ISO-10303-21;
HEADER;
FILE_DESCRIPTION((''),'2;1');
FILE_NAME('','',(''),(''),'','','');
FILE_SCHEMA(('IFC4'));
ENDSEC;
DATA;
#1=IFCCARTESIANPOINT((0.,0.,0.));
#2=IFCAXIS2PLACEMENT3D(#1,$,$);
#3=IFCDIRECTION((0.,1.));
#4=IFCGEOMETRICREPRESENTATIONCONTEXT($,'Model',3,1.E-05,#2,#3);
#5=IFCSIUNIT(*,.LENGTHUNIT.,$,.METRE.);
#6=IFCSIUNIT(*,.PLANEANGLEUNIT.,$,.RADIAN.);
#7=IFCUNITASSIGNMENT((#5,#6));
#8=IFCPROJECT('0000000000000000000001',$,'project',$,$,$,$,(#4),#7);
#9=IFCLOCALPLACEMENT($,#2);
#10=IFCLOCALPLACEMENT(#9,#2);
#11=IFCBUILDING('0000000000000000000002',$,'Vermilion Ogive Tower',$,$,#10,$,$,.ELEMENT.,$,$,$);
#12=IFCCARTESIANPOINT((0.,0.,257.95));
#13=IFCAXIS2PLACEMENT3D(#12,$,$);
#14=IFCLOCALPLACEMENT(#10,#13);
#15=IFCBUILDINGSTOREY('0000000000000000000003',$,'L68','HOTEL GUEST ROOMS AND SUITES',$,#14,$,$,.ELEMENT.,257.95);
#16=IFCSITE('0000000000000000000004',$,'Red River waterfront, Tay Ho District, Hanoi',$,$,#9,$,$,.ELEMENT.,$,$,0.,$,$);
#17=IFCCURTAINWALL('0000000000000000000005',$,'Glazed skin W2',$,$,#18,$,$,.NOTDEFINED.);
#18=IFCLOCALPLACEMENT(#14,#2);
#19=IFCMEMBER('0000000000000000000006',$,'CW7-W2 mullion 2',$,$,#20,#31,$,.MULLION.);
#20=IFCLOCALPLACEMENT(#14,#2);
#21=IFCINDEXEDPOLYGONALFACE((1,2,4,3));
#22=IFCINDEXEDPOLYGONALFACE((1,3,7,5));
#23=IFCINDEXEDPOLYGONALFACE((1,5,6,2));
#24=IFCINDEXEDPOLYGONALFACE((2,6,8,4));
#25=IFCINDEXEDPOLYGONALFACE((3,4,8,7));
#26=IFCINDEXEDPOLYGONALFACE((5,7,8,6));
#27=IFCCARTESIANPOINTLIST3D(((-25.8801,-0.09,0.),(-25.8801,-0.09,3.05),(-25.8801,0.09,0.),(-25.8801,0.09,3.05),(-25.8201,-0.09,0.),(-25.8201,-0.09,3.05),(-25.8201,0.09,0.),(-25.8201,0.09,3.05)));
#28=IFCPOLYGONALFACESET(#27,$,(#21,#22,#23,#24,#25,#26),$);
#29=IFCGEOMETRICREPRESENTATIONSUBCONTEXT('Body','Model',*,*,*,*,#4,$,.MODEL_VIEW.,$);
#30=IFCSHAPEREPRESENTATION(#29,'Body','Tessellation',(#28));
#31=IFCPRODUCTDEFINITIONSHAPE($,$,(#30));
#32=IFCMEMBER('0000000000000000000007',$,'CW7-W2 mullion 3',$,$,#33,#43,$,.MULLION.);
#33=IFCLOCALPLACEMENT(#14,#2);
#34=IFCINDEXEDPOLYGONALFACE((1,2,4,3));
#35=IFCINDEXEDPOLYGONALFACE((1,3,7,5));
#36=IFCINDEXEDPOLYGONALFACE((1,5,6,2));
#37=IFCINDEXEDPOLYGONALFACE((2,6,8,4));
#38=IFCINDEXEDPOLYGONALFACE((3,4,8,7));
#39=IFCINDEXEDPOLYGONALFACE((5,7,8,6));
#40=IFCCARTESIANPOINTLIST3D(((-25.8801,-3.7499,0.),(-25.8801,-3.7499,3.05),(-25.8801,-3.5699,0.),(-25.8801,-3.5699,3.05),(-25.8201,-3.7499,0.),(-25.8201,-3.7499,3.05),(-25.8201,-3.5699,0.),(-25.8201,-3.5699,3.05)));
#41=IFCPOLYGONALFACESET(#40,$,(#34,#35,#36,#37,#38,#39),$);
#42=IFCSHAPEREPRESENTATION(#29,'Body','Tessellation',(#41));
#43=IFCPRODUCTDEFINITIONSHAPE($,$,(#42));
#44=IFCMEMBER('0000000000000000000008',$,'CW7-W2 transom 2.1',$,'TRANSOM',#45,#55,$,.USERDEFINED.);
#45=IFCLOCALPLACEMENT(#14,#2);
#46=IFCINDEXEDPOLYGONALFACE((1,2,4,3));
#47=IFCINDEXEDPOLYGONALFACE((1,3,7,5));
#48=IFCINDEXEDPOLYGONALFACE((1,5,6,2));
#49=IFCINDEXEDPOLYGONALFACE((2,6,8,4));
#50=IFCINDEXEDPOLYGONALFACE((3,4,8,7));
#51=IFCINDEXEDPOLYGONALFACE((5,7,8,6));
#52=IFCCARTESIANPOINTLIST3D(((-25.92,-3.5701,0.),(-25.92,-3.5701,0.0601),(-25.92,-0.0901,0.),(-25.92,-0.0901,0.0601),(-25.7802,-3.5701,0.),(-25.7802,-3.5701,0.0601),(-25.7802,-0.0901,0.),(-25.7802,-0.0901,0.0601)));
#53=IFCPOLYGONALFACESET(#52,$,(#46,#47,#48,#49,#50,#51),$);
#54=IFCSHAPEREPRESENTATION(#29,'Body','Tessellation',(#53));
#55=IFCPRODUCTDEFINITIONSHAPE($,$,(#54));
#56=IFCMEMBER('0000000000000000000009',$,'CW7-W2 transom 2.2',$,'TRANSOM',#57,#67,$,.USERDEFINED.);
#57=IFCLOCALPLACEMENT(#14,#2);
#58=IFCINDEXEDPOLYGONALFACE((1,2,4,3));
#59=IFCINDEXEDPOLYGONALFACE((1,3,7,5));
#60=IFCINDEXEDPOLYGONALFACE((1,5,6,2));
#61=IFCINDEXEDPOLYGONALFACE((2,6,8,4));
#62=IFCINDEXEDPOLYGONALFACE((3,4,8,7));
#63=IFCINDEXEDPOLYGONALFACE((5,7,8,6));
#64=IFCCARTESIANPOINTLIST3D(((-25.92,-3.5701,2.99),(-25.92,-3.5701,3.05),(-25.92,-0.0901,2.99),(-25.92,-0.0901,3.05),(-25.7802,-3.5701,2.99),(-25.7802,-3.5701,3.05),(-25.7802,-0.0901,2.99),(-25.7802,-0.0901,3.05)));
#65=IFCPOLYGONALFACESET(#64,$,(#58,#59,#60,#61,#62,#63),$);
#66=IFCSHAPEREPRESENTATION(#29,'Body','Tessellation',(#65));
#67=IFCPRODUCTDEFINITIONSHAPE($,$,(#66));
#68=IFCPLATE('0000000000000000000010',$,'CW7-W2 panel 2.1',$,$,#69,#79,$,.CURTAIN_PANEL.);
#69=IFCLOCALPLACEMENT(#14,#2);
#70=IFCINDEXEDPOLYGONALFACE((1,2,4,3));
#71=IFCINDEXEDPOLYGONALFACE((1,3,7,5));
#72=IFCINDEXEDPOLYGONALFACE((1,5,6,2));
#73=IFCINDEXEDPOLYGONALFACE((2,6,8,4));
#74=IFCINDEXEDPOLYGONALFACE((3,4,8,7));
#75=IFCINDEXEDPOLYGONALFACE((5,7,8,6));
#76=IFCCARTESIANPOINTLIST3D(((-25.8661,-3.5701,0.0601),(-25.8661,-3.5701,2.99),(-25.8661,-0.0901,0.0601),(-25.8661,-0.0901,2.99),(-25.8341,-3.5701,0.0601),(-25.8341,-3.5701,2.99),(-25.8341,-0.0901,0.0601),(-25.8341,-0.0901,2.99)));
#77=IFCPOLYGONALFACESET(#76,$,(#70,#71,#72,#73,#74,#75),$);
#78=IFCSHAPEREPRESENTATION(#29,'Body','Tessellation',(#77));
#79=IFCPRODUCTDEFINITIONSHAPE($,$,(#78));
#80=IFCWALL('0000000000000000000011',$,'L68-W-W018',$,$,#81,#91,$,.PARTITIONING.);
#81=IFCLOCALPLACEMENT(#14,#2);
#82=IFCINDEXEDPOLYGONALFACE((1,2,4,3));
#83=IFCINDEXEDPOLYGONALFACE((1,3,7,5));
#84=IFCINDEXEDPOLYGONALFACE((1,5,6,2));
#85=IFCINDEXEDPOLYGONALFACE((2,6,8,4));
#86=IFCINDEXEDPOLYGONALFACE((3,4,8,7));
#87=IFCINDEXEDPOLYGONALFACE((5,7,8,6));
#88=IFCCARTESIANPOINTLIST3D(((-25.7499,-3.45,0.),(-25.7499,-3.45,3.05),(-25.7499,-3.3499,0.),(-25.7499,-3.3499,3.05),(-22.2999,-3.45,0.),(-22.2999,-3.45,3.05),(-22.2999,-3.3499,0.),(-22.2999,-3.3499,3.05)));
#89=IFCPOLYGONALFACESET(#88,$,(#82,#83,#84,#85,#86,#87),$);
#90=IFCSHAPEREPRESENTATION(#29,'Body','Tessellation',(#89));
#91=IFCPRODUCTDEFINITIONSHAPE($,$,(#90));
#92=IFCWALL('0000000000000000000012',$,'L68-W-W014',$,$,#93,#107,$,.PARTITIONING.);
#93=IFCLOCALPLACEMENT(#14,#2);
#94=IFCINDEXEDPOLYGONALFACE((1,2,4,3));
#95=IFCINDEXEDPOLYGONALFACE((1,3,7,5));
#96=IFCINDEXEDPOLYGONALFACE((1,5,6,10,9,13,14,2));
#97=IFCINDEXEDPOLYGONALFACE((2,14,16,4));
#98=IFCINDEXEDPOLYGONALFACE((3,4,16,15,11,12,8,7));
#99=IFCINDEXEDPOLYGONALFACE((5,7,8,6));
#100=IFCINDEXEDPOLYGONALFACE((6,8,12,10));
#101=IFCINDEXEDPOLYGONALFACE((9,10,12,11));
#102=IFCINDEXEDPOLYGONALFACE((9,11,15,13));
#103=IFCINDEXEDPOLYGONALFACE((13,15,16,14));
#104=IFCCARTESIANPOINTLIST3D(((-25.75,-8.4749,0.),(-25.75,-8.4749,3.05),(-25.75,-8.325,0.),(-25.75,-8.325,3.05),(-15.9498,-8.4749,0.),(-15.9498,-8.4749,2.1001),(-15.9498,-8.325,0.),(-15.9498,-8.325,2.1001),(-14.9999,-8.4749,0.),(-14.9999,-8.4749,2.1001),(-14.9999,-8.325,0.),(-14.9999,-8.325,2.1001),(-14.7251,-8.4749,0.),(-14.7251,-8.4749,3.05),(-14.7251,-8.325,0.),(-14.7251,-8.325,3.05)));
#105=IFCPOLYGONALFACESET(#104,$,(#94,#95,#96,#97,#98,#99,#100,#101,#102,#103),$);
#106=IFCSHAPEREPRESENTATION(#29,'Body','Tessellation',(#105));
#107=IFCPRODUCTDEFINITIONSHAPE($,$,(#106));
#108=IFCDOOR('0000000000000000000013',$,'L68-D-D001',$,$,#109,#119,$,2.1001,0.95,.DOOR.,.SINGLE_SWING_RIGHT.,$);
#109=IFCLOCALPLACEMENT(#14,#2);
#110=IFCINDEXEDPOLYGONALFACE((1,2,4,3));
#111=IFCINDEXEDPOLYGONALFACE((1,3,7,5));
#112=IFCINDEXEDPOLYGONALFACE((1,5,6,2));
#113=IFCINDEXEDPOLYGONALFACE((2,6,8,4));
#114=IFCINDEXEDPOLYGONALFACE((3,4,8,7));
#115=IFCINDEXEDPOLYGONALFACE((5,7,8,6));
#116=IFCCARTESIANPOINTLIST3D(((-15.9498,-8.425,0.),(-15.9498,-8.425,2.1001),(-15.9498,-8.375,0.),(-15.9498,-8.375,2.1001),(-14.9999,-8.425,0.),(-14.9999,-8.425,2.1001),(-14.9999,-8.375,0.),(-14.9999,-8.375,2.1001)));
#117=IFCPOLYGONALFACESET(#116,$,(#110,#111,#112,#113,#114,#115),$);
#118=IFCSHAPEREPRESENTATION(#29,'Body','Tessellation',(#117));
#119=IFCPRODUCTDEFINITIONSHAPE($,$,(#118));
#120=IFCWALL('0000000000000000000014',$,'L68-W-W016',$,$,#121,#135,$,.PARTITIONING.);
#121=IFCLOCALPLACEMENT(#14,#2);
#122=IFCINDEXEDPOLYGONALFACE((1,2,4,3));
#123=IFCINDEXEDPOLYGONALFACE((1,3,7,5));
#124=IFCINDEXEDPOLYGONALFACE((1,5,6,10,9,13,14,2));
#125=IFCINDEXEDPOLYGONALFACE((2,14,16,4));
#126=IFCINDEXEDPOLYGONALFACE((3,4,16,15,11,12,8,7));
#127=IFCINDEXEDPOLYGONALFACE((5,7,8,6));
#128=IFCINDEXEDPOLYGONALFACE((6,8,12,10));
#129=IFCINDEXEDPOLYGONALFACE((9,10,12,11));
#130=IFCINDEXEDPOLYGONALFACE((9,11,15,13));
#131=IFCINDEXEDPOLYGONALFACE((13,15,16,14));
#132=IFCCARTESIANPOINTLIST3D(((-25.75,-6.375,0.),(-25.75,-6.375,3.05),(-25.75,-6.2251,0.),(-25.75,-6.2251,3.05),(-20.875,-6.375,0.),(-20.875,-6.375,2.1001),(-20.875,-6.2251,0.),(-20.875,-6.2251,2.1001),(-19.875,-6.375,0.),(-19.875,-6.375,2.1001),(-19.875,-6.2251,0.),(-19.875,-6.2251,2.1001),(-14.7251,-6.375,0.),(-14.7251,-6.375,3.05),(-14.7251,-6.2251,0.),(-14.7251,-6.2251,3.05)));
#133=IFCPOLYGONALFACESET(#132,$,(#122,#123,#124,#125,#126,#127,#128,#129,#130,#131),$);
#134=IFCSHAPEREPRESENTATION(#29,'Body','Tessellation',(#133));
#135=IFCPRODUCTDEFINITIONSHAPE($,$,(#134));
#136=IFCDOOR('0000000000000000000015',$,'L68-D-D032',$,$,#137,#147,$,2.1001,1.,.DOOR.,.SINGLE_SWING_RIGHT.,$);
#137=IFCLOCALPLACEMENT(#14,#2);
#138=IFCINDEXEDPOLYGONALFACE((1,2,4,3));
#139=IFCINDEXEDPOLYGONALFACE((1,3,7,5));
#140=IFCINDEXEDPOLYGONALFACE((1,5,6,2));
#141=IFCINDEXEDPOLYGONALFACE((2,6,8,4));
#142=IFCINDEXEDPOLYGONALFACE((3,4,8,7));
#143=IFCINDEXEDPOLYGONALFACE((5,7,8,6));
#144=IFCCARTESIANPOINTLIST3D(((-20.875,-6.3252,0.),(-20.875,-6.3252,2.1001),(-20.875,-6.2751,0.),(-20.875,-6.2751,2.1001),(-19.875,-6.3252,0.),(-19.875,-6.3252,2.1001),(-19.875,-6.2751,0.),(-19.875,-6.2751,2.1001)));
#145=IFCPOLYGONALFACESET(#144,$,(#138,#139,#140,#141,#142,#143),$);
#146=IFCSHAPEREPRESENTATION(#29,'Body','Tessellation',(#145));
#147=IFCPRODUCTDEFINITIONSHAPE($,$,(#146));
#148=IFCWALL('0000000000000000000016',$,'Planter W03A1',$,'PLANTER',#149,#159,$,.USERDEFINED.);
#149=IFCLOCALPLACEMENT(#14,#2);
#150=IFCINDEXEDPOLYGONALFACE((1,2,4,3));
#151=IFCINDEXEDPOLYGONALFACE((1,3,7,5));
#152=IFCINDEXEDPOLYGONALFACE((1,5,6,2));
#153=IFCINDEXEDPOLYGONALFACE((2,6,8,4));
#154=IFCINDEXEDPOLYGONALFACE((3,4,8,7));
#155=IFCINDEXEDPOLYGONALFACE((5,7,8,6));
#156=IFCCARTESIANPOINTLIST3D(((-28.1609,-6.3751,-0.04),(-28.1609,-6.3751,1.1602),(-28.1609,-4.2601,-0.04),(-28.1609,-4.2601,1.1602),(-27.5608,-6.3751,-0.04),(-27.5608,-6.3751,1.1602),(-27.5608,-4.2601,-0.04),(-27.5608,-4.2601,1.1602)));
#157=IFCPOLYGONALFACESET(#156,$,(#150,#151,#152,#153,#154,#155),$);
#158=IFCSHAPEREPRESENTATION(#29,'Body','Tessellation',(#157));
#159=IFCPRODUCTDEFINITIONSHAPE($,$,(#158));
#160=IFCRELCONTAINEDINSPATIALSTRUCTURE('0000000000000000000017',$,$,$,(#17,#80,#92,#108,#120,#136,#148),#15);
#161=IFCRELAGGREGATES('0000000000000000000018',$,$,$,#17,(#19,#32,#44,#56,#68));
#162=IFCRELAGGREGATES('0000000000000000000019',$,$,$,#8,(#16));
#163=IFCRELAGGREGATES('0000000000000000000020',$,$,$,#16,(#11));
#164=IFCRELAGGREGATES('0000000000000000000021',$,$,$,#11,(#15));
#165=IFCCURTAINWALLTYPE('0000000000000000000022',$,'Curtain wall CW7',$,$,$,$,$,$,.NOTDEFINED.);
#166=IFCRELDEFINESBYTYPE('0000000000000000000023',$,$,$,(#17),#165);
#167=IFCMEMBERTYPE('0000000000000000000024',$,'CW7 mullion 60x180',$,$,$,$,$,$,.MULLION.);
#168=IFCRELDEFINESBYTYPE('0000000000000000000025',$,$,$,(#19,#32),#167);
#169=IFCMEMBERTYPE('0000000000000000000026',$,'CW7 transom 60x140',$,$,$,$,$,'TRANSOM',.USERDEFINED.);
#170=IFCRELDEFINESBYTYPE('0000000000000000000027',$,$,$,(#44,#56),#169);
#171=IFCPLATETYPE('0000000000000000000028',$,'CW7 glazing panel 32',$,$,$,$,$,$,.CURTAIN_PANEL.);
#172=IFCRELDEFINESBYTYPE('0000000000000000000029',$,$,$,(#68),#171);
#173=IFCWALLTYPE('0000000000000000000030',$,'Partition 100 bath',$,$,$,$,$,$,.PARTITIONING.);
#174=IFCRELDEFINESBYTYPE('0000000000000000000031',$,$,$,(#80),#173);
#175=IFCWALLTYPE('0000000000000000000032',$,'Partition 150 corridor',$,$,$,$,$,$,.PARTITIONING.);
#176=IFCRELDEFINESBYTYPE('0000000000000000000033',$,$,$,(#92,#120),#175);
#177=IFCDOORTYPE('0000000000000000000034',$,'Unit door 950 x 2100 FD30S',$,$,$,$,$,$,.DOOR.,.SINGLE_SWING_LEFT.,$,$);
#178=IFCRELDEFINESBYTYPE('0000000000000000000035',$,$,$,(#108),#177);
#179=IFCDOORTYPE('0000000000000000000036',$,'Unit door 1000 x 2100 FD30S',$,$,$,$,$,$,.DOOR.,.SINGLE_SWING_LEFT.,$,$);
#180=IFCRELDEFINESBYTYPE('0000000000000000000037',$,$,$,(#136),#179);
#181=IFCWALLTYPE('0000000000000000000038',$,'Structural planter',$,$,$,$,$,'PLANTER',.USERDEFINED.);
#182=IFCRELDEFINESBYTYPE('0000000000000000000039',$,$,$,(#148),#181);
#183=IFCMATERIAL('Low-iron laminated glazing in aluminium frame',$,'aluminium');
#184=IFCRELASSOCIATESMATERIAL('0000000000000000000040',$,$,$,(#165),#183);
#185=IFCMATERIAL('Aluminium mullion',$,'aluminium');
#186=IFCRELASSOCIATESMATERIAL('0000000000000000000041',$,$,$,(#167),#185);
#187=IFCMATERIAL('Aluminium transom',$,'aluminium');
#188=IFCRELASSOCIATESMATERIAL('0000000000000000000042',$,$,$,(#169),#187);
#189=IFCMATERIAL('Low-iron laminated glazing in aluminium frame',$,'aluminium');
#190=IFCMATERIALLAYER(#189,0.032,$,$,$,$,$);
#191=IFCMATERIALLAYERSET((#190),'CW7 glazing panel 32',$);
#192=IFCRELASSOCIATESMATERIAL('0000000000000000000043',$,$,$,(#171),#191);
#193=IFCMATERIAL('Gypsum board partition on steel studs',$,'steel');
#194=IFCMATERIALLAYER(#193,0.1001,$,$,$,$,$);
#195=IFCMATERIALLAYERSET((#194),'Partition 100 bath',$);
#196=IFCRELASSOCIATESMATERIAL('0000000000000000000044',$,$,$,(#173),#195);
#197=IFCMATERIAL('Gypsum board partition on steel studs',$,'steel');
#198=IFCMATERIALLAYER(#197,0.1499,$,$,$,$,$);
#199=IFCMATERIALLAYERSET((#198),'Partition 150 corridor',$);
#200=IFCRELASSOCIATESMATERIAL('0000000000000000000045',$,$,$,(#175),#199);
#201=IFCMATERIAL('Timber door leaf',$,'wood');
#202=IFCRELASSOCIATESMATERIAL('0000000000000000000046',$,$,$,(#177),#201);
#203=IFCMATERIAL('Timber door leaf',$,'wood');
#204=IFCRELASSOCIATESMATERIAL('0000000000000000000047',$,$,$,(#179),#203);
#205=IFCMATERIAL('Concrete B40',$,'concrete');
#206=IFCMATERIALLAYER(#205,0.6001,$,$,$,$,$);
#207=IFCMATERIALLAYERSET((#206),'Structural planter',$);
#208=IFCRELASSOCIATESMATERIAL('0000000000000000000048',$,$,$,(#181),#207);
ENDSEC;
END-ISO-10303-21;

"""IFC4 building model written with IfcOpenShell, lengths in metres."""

from ifc_helpers import new_model, si_unit, direction, frame, frame_2d, origin, origin_2d, place, context, subcontext, project, spatial, rectangle, extrude, material, layer, layer_set, material_profile, profile_set, type_object, element, fill, aggregate, save


model = new_model("IFC4")

# Units and contexts
model_context = context("Model", 3, precision=1e-05, world=origin(), true_north=direction((0.0, 1.0)))
body_context = subcontext(model_context, "Body", "Model", "MODEL_VIEW")
ifc_project = project(units=[si_unit("LENGTHUNIT", "METRE"), si_unit("PLANEANGLEUNIT", "RADIAN")], contexts=[model_context])

# Site, building, storey
site_placement = place(None, origin())
site = spatial("IfcSite", under=ifc_project, at=site_placement, Name="Red River waterfront, Tay Ho District, Hanoi", CompositionType="ELEMENT", RefElevation=0.0)
building_placement = place(site_placement, origin())
building = spatial("IfcBuilding", under=site, at=building_placement, Name="Vermilion Ogive Tower", CompositionType="ELEMENT")
storey_placement = place(building_placement, frame((0.0, 0.0, 257.95)))
storey = spatial("IfcBuildingStorey", under=building, at=storey_placement, Name="L68", Description="HOTEL GUEST ROOMS AND SUITES", CompositionType="ELEMENT", Elevation=257.95)

# Curtain wall, members, plate
ifc_material_1 = material(Name="Low-iron laminated glazing in aluminium frame", Category="aluminium")
curtain_wall_type = type_object("IfcCurtainWallType", Name="Curtain wall CW7", PredefinedType="NOTDEFINED", material=ifc_material_1)
curtain_wall_placement = place(storey_placement, origin())
curtain_wall = element("IfcCurtainWall", 1, at=curtain_wall_placement, inside=storey, type_object=curtain_wall_type, Name="Glazed skin W2", PredefinedType="NOTDEFINED")
ifc_material_2 = material(Name="Aluminium mullion", Category="aluminium")
ifc_material_profile_1 = material_profile(ifc_material_2, rectangle(XDim=0.0601, YDim=0.1799, at=origin_2d()), Name="AL 60x180")
ifc_profile_set_1 = profile_set([ifc_material_profile_1], Name="Aluminium mullion")
member_type_1 = type_object("IfcMemberType", Name="CW7 mullion 60x180", PredefinedType="MULLION", material=ifc_profile_set_1)
member_1_placement = place(storey_placement, frame((-25.8501, 0.0, 0.0), z_axis=(0.0, 0.0, 1.0), x_axis=(1.0, 0.0, 0.0)))
member_1 = element("IfcMember", 2, at=member_1_placement, type_object=member_type_1, Name="CW7-W2 mullion 2", PredefinedType="MULLION", context=body_context, shape_type="SweptSolid", body=[
    extrude(rectangle(XDim=0.0601, YDim=0.1799, at=origin_2d()), origin(), (0.0, 0.0, 1.0), 3.05),
])
member_2_placement = place(storey_placement, frame((-25.8501, -3.6599, 0.0), z_axis=(0.0, 0.0, 1.0), x_axis=(1.0, 0.0, 0.0)))
member_2 = element("IfcMember", 3, at=member_2_placement, type_object=member_type_1, Name="CW7-W2 mullion 3", PredefinedType="MULLION", context=body_context, shape_type="SweptSolid", body=[
    extrude(rectangle(XDim=0.0601, YDim=0.1799, at=origin_2d()), origin(), (0.0, 0.0, 1.0), 3.05),
])
ifc_material_3 = material(Name="Aluminium transom", Category="aluminium")
ifc_material_profile_2 = material_profile(ifc_material_3, rectangle(XDim=0.1399, YDim=0.0601, at=origin_2d()), Name="AL 60x140")
ifc_profile_set_2 = profile_set([ifc_material_profile_2], Name="Aluminium transom")
member_type_2 = type_object("IfcMemberType", Name="CW7 transom 60x140", ElementType="TRANSOM", PredefinedType="USERDEFINED", material=ifc_profile_set_2)
member_3_placement = place(storey_placement, frame((-25.8501, -0.0901, 0.03), z_axis=(0.0, -1.0, 0.0), x_axis=(1.0, 0.0, 0.0)))
member_3 = element("IfcMember", 4, at=member_3_placement, type_object=member_type_2, Name="CW7-W2 transom 2.1", ObjectType="TRANSOM", PredefinedType="USERDEFINED", context=body_context, shape_type="SweptSolid", body=[
    extrude(rectangle(XDim=0.1399, YDim=0.0601, at=origin_2d()), origin(), (0.0, 0.0, 1.0), 3.48),
])
member_4_placement = place(storey_placement, frame((-25.8501, -0.0901, 3.02), z_axis=(0.0, -1.0, 0.0), x_axis=(1.0, 0.0, 0.0)))
member_4 = element("IfcMember", 5, at=member_4_placement, type_object=member_type_2, Name="CW7-W2 transom 2.2", ObjectType="TRANSOM", PredefinedType="USERDEFINED", context=body_context, shape_type="SweptSolid", body=[
    extrude(rectangle(XDim=0.1399, YDim=0.0601, at=origin_2d()), origin(), (0.0, 0.0, 1.0), 3.48),
])
ifc_material_4 = material(Name="Low-iron laminated glazing in aluminium frame", Category="aluminium")
ifc_layer_1 = layer(ifc_material_4, 0.032)
ifc_layer_set_1 = layer_set([ifc_layer_1], Name="CW7 glazing panel 32")
plate_type = type_object("IfcPlateType", Name="CW7 glazing panel 32", PredefinedType="CURTAIN_PANEL", material=ifc_layer_set_1)
plate_placement = place(storey_placement, frame((-25.8501, -1.8301, 0.0601), z_axis=(0.0, 0.0, 1.0), x_axis=(0.0, -1.0, 0.0)))
plate = element("IfcPlate", 6, at=plate_placement, type_object=plate_type, Name="CW7-W2 panel 2.1", PredefinedType="CURTAIN_PANEL", context=body_context, shape_type="SweptSolid", body=[
    extrude(rectangle(XDim=3.48, YDim=0.032, at=origin_2d()), origin(), (0.0, 0.0, 1.0), 2.9299),
])
aggregate(curtain_wall, [member_1, member_2, member_3, member_4, plate])

# Wall
ifc_material_5 = material(Name="Gypsum board partition on steel studs", Category="steel")
ifc_layer_2 = layer(ifc_material_5, 0.1001)
ifc_layer_set_2 = layer_set([ifc_layer_2], Name="Partition 100 bath")
wall_type_1 = type_object("IfcWallType", Name="Partition 100 bath", PredefinedType="PARTITIONING", material=ifc_layer_set_2)
wall_1_placement = place(storey_placement, frame((-25.75, -3.3999, 0.0), z_axis=(0.0, 0.0, 1.0), x_axis=(1.0, 0.0, 0.0)))
element("IfcWall", 7, at=wall_1_placement, inside=storey, type_object=wall_type_1, Name="L68-W-W018", PredefinedType="PARTITIONING", context=body_context, shape_type="SweptSolid", body=[
    extrude(rectangle(XDim=3.45, YDim=0.1001, at=frame_2d((1.7251, 0.0))), origin(), (0.0, 0.0, 1.0), 3.05),
])

# Walls, openings, doors
ifc_material_6 = material(Name="Gypsum board partition on steel studs", Category="steel")
ifc_layer_3 = layer(ifc_material_6, 0.1499)
ifc_layer_set_3 = layer_set([ifc_layer_3], Name="Partition 150 corridor")
wall_type_2 = type_object("IfcWallType", Name="Partition 150 corridor", PredefinedType="PARTITIONING", material=ifc_layer_set_3)
wall_2_placement = place(storey_placement, frame((-25.75, -8.3999, 0.0), z_axis=(0.0, 0.0, 1.0), x_axis=(1.0, 0.0, 0.0)))
wall_2 = element("IfcWall", 8, at=wall_2_placement, inside=storey, type_object=wall_type_2, Name="L68-W-W014", PredefinedType="PARTITIONING", context=body_context, shape_type="SweptSolid", body=[
    extrude(rectangle(XDim=11.0249, YDim=0.1499, at=frame_2d((5.5125, 0.0))), origin(), (0.0, 0.0, 1.0), 3.05),
])
opening_1_placement = place(wall_2_placement, frame((9.8, 0.0, 0.0)))
opening_1 = element("IfcOpeningElement", 9, at=opening_1_placement, cuts=wall_2, PredefinedType="OPENING", context=body_context, shape_type="SweptSolid", body=[
    extrude(rectangle(XDim=0.95, YDim=2.1001, at=frame_2d((0.4751, 1.05))), frame((0.0, 0.085, 0.0), z_axis=(0.0, -1.0, 0.0), x_axis=(1.0, 0.0, 0.0)), (0.0, 0.0, 1.0), 0.1699),
])
ifc_material_7 = material(Name="Timber door leaf", Category="wood")
door_type_1 = type_object("IfcDoorType", Name="Unit door 950 x 2100 FD30S", OperationType="SINGLE_SWING_LEFT", PredefinedType="DOOR", material=ifc_material_7)
door_1_placement = place(opening_1_placement, origin())
door_1 = element("IfcDoor", 10, at=door_1_placement, inside=storey, type_object=door_type_1, Name="L68-D-D001", OperationType="SINGLE_SWING_RIGHT", OverallHeight=2.1001, OverallWidth=0.95, PredefinedType="DOOR", context=body_context, shape_type="SweptSolid", body=[
    extrude(rectangle(XDim=0.95, YDim=2.1001, at=frame_2d((0.4751, 1.05))), frame((0.0, 0.0249, 0.0), z_axis=(0.0, -1.0, 0.0), x_axis=(1.0, 0.0, 0.0)), (0.0, 0.0, 1.0), 0.05),
])
fill(opening_1, door_1)
wall_3_placement = place(storey_placement, frame((-25.75, -6.3, 0.0), z_axis=(0.0, 0.0, 1.0), x_axis=(1.0, 0.0, 0.0)))
wall_3 = element("IfcWall", 11, at=wall_3_placement, inside=storey, type_object=wall_type_2, Name="L68-W-W016", PredefinedType="PARTITIONING", context=body_context, shape_type="SweptSolid", body=[
    extrude(rectangle(XDim=11.0249, YDim=0.1499, at=frame_2d((5.5125, 0.0))), origin(), (0.0, 0.0, 1.0), 3.05),
])
opening_2_placement = place(wall_3_placement, frame((4.875, 0.0, 0.0)))
opening_2 = element("IfcOpeningElement", 12, at=opening_2_placement, cuts=wall_3, PredefinedType="OPENING", context=body_context, shape_type="SweptSolid", body=[
    extrude(rectangle(XDim=1.0, YDim=2.1001, at=frame_2d((0.5, 1.05))), frame((0.0, 0.085, 0.0), z_axis=(0.0, -1.0, 0.0), x_axis=(1.0, 0.0, 0.0)), (0.0, 0.0, 1.0), 0.1699),
])
ifc_material_8 = material(Name="Timber door leaf", Category="wood")
door_type_2 = type_object("IfcDoorType", Name="Unit door 1000 x 2100 FD30S", OperationType="SINGLE_SWING_LEFT", PredefinedType="DOOR", material=ifc_material_8)
door_2_placement = place(opening_2_placement, origin())
door_2 = element("IfcDoor", 13, at=door_2_placement, inside=storey, type_object=door_type_2, Name="L68-D-D032", OperationType="SINGLE_SWING_RIGHT", OverallHeight=2.1001, OverallWidth=1.0, PredefinedType="DOOR", context=body_context, shape_type="SweptSolid", body=[
    extrude(rectangle(XDim=1.0, YDim=2.1001, at=frame_2d((0.5, 1.05))), frame((0.0, 0.0249, 0.0), z_axis=(0.0, -1.0, 0.0), x_axis=(1.0, 0.0, 0.0)), (0.0, 0.0, 1.0), 0.05),
])
fill(opening_2, door_2)

# Wall
ifc_material_9 = material(Name="Concrete B40", Category="concrete")
ifc_layer_4 = layer(ifc_material_9, 0.6001)
ifc_layer_set_4 = layer_set([ifc_layer_4], Name="Structural planter")
wall_type_3 = type_object("IfcWallType", Name="Structural planter", ElementType="PLANTER", PredefinedType="USERDEFINED", material=ifc_layer_set_4)
wall_4_placement = place(storey_placement, frame((-27.8608, -4.26, -0.04), z_axis=(0.0, 0.0, 1.0), x_axis=(0.0, -1.0, 0.0)))
element("IfcWall", 14, at=wall_4_placement, inside=storey, type_object=wall_type_3, Name="Planter W03A1", ObjectType="PLANTER", PredefinedType="USERDEFINED", context=body_context, shape_type="SweptSolid", body=[
    extrude(rectangle(XDim=2.115, YDim=0.6001, at=frame_2d((1.0576, 0.0))), origin(), (0.0, 0.0, 1.0), 1.2002),
])

save(model, "model.ifc")
